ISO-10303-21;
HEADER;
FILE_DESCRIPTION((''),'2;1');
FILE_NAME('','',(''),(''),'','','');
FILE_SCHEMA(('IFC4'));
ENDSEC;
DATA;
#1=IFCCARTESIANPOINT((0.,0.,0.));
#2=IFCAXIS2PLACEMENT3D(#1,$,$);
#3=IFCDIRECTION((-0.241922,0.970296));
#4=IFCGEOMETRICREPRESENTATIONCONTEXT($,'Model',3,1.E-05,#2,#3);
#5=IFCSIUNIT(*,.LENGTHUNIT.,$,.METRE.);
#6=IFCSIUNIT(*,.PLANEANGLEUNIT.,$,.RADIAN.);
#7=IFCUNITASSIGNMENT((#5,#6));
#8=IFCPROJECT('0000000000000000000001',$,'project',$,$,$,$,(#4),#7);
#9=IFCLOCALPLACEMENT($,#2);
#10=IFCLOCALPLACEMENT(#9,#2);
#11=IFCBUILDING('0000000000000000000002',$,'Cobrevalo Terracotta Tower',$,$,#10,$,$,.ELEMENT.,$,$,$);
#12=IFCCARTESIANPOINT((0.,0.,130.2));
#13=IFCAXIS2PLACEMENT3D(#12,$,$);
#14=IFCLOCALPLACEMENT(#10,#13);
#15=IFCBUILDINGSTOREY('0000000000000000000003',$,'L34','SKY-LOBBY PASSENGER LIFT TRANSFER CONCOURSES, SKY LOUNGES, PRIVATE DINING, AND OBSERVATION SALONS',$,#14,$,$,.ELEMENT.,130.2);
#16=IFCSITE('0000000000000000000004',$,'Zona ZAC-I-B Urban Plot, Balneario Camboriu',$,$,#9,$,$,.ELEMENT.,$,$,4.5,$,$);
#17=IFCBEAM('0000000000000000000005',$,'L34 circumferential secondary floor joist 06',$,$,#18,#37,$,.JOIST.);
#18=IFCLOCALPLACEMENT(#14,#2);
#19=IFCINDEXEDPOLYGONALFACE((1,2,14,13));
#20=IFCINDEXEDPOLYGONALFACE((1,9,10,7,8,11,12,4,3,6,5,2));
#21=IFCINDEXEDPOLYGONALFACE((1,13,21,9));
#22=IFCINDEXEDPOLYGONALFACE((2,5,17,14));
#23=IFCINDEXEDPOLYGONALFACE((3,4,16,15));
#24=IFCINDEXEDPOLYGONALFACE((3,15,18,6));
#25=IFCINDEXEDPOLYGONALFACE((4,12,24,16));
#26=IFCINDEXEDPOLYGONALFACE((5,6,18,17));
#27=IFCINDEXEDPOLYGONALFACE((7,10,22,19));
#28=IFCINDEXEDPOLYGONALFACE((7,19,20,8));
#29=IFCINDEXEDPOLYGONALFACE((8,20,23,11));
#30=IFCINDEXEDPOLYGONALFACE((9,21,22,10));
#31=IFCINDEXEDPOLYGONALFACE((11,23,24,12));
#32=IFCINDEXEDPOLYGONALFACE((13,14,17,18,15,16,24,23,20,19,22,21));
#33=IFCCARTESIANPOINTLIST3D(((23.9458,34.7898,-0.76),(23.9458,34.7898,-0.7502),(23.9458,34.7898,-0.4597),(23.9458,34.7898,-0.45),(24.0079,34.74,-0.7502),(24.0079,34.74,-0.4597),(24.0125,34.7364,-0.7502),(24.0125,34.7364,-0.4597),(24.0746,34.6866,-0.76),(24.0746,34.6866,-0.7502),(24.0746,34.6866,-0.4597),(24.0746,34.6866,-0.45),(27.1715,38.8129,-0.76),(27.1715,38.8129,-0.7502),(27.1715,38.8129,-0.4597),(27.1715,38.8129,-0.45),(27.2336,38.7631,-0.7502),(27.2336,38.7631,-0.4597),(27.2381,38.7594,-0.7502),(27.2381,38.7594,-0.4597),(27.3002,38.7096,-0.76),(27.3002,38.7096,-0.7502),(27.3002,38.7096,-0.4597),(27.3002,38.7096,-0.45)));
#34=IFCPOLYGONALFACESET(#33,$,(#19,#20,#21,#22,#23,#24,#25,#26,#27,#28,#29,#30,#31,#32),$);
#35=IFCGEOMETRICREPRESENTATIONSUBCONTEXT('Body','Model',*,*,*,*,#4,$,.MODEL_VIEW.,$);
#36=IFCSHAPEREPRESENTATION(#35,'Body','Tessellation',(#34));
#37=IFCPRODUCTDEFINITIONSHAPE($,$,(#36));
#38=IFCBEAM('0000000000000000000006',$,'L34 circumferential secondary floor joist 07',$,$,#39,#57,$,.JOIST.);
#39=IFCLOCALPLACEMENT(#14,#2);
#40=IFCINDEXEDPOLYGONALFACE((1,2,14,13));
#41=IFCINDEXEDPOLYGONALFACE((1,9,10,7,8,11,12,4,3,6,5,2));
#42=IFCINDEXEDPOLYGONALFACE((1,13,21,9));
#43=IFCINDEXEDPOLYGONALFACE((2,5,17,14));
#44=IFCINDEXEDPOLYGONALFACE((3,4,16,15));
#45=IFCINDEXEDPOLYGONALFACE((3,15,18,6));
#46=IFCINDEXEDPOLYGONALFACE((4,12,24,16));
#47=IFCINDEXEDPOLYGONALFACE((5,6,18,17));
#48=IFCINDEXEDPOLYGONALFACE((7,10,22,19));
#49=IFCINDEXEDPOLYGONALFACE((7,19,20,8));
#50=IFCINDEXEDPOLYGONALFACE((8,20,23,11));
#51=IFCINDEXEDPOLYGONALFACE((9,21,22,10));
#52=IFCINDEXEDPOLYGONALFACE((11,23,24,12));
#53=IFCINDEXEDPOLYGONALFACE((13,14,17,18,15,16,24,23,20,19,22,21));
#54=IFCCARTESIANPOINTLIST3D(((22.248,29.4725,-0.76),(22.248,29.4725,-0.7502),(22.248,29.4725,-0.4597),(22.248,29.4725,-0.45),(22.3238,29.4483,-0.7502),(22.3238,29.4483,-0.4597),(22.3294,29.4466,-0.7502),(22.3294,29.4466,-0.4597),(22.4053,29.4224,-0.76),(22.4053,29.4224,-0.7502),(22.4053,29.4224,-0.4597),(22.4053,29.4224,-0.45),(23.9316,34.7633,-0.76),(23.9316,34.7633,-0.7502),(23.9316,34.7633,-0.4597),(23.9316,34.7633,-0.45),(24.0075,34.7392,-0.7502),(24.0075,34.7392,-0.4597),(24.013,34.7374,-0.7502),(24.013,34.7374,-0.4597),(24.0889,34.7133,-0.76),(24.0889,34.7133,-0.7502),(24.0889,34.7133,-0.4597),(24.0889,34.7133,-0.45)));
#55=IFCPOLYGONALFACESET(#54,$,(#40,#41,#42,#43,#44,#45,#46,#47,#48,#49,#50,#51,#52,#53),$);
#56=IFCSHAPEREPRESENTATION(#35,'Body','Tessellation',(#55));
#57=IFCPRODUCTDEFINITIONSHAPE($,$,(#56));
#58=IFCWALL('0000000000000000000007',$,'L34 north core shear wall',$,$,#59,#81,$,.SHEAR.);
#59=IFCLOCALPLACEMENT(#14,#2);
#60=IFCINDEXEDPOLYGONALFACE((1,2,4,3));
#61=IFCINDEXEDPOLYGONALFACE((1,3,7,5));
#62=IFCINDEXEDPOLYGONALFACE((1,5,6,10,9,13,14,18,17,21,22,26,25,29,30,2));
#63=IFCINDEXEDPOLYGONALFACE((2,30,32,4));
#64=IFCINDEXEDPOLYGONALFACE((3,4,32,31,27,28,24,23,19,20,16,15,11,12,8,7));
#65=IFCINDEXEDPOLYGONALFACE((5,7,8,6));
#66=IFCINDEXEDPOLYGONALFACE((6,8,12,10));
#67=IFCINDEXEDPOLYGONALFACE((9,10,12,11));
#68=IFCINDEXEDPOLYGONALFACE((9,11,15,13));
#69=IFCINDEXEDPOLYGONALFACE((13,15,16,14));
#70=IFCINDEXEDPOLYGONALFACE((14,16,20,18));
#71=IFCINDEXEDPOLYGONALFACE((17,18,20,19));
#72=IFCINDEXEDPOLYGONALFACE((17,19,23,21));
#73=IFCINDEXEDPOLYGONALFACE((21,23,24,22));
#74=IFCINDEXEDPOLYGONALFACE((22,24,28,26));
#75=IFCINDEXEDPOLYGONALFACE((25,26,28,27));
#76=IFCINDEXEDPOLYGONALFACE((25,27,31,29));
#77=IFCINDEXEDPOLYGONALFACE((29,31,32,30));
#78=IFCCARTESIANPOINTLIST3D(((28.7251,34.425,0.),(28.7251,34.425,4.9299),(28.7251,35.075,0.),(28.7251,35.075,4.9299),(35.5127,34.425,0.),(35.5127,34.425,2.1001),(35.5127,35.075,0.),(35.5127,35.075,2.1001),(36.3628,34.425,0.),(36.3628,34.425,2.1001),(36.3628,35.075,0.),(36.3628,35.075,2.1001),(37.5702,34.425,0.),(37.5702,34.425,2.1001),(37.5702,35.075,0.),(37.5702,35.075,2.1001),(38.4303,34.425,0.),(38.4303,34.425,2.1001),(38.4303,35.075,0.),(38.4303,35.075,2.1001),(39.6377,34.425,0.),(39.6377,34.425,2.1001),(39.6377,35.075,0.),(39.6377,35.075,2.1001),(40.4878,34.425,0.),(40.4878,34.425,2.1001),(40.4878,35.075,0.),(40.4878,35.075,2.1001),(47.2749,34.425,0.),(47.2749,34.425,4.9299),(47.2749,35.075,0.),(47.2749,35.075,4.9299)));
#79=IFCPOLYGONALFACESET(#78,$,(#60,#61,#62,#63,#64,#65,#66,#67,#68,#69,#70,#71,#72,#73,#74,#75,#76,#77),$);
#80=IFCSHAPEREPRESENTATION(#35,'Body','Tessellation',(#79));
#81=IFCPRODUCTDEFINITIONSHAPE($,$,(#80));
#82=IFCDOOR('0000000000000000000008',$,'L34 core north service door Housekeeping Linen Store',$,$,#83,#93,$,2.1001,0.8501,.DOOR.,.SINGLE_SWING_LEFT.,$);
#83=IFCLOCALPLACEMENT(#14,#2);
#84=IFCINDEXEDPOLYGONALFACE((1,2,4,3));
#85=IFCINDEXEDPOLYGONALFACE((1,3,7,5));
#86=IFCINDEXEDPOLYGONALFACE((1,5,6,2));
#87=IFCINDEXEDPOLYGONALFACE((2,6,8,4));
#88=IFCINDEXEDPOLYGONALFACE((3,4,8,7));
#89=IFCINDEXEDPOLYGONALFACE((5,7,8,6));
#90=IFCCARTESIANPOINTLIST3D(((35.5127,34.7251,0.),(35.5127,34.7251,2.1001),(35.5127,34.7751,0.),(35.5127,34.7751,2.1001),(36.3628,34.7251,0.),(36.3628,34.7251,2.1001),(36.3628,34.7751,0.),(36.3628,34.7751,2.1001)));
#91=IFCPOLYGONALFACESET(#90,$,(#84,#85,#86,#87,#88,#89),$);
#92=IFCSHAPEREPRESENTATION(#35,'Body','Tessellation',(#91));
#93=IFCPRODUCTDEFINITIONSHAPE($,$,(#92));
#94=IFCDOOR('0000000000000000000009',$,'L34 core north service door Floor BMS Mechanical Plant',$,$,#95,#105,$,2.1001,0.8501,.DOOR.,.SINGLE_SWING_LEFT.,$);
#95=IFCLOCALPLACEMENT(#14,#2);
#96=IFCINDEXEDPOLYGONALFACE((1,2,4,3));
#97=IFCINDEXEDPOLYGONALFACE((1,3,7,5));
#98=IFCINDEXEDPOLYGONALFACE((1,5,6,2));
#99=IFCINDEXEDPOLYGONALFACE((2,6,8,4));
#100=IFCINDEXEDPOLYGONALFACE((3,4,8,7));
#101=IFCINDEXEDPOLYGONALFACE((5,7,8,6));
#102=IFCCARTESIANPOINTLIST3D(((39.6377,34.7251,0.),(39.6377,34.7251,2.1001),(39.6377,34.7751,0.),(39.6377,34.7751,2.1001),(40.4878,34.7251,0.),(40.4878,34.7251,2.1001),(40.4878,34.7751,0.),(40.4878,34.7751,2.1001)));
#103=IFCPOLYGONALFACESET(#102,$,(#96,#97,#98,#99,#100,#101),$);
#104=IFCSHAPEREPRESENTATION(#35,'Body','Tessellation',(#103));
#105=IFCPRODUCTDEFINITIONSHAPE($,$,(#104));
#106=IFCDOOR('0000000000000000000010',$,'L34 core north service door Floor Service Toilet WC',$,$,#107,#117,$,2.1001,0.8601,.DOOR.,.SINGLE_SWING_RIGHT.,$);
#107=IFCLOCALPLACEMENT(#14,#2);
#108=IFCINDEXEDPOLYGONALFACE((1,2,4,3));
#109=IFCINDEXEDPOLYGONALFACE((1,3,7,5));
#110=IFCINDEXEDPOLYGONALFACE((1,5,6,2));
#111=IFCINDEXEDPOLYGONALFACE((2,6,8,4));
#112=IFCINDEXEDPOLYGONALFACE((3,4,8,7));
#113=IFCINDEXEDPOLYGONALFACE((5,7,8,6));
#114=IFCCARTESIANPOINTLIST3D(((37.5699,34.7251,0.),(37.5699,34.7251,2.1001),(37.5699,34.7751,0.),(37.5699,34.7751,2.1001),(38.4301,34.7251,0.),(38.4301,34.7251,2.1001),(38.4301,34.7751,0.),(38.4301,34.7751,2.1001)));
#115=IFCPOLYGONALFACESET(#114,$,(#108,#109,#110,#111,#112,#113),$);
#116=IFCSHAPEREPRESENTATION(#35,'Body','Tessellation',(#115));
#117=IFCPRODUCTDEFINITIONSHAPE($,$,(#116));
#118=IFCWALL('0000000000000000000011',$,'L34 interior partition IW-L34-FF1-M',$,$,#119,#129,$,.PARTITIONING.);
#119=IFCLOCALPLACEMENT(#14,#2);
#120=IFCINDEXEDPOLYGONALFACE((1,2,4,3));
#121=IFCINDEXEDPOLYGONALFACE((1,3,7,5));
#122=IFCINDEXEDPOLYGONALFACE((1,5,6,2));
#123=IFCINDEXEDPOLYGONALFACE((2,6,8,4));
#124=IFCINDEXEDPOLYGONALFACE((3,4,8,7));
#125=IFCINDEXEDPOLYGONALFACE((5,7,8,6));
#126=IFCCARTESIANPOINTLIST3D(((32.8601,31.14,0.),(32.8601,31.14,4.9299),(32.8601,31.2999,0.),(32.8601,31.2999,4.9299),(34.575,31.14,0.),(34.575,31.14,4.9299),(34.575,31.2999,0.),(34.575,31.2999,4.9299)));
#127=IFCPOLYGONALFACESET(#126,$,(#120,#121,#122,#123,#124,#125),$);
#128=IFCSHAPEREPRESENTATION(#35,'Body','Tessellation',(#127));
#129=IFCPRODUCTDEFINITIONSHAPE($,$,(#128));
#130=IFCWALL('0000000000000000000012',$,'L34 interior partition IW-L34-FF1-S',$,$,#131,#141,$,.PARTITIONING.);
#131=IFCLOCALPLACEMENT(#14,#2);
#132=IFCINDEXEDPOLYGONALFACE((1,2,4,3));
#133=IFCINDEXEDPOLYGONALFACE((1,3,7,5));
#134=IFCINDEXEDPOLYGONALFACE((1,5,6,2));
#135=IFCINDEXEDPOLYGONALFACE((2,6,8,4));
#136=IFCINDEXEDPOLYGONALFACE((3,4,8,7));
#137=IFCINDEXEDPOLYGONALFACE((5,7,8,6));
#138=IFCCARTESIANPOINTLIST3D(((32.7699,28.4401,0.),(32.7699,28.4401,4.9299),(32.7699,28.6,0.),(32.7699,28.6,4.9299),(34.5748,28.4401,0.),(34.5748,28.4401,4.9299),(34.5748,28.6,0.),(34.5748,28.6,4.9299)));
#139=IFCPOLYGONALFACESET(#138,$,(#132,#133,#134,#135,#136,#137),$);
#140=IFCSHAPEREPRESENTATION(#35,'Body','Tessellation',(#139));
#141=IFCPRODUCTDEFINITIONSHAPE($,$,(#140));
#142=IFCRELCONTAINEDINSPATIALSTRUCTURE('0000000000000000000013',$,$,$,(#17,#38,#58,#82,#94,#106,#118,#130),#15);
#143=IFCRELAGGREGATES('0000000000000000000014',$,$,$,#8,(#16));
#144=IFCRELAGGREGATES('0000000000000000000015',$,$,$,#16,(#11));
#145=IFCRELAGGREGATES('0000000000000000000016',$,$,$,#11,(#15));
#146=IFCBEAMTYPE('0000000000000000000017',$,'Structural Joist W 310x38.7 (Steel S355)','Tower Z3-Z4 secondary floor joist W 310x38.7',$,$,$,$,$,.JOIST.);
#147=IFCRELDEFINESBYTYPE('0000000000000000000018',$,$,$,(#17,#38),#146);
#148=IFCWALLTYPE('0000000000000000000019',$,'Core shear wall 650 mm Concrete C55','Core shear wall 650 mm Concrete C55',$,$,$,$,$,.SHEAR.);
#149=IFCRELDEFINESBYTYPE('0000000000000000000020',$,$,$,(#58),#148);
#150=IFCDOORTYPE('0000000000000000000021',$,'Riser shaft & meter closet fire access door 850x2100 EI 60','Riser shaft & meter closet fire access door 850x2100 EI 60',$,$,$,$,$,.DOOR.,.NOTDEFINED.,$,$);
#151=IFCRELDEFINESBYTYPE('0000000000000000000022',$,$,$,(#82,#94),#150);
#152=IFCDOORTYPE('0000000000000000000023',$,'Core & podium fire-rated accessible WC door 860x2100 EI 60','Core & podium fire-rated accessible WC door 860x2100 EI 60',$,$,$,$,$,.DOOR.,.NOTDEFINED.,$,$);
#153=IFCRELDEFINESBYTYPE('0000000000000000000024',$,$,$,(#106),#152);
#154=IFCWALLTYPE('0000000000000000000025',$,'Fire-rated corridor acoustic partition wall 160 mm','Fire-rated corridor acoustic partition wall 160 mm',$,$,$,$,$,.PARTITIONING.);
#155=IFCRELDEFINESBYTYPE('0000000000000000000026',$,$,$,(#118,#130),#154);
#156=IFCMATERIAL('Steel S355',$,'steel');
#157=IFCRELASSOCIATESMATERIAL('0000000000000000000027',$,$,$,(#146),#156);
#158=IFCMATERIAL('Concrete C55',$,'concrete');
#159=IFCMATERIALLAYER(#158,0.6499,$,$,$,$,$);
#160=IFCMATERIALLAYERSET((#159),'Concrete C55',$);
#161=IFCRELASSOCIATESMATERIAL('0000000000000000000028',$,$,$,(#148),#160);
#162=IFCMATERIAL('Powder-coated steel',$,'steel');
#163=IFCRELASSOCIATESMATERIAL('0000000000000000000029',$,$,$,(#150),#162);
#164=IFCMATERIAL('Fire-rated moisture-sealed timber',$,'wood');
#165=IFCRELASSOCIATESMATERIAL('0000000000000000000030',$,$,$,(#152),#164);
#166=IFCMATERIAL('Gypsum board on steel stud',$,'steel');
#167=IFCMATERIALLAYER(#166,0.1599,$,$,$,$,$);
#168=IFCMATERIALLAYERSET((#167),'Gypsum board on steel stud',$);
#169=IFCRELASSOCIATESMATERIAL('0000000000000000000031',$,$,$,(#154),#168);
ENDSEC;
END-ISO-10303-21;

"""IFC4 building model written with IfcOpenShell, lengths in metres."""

from ifc_helpers import new_model, si_unit, direction, frame, frame_2d, origin, origin_2d, place, context, subcontext, project, spatial, rectangle, i_section, extrude, source, transform, mapped, material, layer, layer_set, material_profile, profile_set, type_object, element, fill, save


model = new_model("IFC4")

# Units and contexts
model_context = context("Model", 3, precision=1e-05, world=origin(), true_north=direction((-0.241922, 0.970296)))
body_context = subcontext(model_context, "Body", "Model", "MODEL_VIEW")
ifc_project = project(units=[si_unit("LENGTHUNIT", "METRE"), si_unit("PLANEANGLEUNIT", "RADIAN")], contexts=[model_context])

# Site, building, storey
site_placement = place(None, origin())
site = spatial("IfcSite", under=ifc_project, at=site_placement, Name="Zona ZAC-I-B Urban Plot, Balneario Camboriu", CompositionType="ELEMENT", RefElevation=4.5)
building_placement = place(site_placement, origin())
building = spatial("IfcBuilding", under=site, at=building_placement, Name="Cobrevalo Terracotta Tower", CompositionType="ELEMENT")
storey_placement = place(building_placement, frame((0.0, 0.0, 130.2)))
storey = spatial("IfcBuildingStorey", under=building, at=storey_placement, Name="L34", Description="SKY-LOBBY PASSENGER LIFT TRANSFER CONCOURSES, SKY LOUNGES, PRIVATE DINING, AND OBSERVATION SALONS", CompositionType="ELEMENT", Elevation=130.2)

# Shared definitions
ifc_material_1 = material(Name="Steel S355", Category="steel")
ifc_material_2 = material(Name="Concrete C55", Category="concrete")

# Beams
ifc_material_profile_1 = material_profile(ifc_material_1, i_section(OverallWidth=0.165, OverallDepth=0.3101, WebThickness=0.0059, FlangeThickness=0.0098, at=origin_2d()), Name="W 310x38.7")
ifc_profile_set_1 = profile_set([ifc_material_profile_1], Name="Steel S355")
beam_type_1 = type_object("IfcBeamType", Name="Structural Joist W 310x38.7 (Steel S355)", Description="Tower Z3-Z4 secondary floor joist W 310x38.7", PredefinedType="JOIST", material=ifc_profile_set_1)
beam_1_placement = place(storey_placement, frame((27.2358, 38.7612, -0.605), z_axis=(-0.625549, -0.780185, 0.0), x_axis=(0.780185, -0.625549, 0.0)))
element("IfcBeam", 1, at=beam_1_placement, inside=storey, type_object=beam_type_1, Name="L34 circumferential secondary floor joist 06", PredefinedType="JOIST", context=body_context, shape_type="SweptSolid", body=[
    extrude(i_section(OverallWidth=0.165, OverallDepth=0.3101, WebThickness=0.0059, FlangeThickness=0.0098, at=origin_2d()), origin(), (0.0, 0.0, 1.0), 5.1565),
])
beam_2_placement = place(storey_placement, frame((24.0103, 34.7383, -0.605), z_axis=(-0.303231, -0.952917, 0.0), x_axis=(0.952917, -0.303231, 0.0)))
element("IfcBeam", 2, at=beam_2_placement, inside=storey, type_object=beam_type_1, Name="L34 circumferential secondary floor joist 07", PredefinedType="JOIST", context=body_context, shape_type="SweptSolid", body=[
    extrude(i_section(OverallWidth=0.165, OverallDepth=0.3101, WebThickness=0.0059, FlangeThickness=0.0098, at=origin_2d()), origin(), (0.0, 0.0, 1.0), 5.5522),
])

# Wall, openings, doors
ifc_layer_1 = layer(ifc_material_2, 0.6499)
ifc_layer_set_1 = layer_set([ifc_layer_1], Name="Concrete C55")
wall_type_1 = type_object("IfcWallType", Name="Core shear wall 650 mm Concrete C55", Description="Core shear wall 650 mm Concrete C55", PredefinedType="SHEAR", material=ifc_layer_set_1)
wall_1_placement = place(storey_placement, frame((28.7251, 34.75, 0.0), z_axis=(0.0, 0.0, 1.0), x_axis=(1.0, 0.0, 0.0)))
wall_1 = element("IfcWall", 3, at=wall_1_placement, inside=storey, type_object=wall_type_1, Name="L34 north core shear wall", PredefinedType="SHEAR", context=body_context, shape_type="SweptSolid", body=[
    extrude(rectangle(XDim=18.5498, YDim=0.6499, at=frame_2d((9.2749, 0.0))), origin(), (0.0, 0.0, 1.0), 4.9299),
])
opening_1_placement = place(wall_1_placement, frame((6.7876, 0.0, 0.0)))
opening_1 = element("IfcOpeningElement", 4, at=opening_1_placement, cuts=wall_1, PredefinedType="OPENING", context=body_context, shape_type="SweptSolid", body=[
    extrude(rectangle(XDim=0.8501, YDim=2.1001, at=frame_2d((0.425, 1.05))), frame((0.0, 0.335, 0.0), z_axis=(0.0, -1.0, 0.0), x_axis=(1.0, 0.0, 0.0)), (0.0, 0.0, 1.0), 0.6699),
])
opening_2_placement = place(wall_1_placement, frame((8.845, 0.0, 0.0)))
opening_2 = element("IfcOpeningElement", 5, at=opening_2_placement, cuts=wall_1, PredefinedType="OPENING", context=body_context, shape_type="SweptSolid", body=[
    extrude(rectangle(XDim=0.8601, YDim=2.1001, at=frame_2d((0.4302, 1.05))), frame((0.0, 0.335, 0.0), z_axis=(0.0, -1.0, 0.0), x_axis=(1.0, 0.0, 0.0)), (0.0, 0.0, 1.0), 0.6699),
])
opening_3_placement = place(wall_1_placement, frame((10.9126, 0.0, 0.0)))
opening_3 = element("IfcOpeningElement", 6, at=opening_3_placement, cuts=wall_1, PredefinedType="OPENING", context=body_context, shape_type="SweptSolid", body=[
    extrude(rectangle(XDim=0.8501, YDim=2.1001, at=frame_2d((0.425, 1.05))), frame((0.0, 0.335, 0.0), z_axis=(0.0, -1.0, 0.0), x_axis=(1.0, 0.0, 0.0)), (0.0, 0.0, 1.0), 0.6699),
])
ifc_material_3 = material(Name="Powder-coated steel", Category="steel")
door_type_1 = type_object("IfcDoorType", Name="Riser shaft & meter closet fire access door 850x2100 EI 60", Description="Riser shaft & meter closet fire access door 850x2100 EI 60", OperationType="NOTDEFINED", PredefinedType="DOOR", material=ifc_material_3)
shared_shape_1 = source(origin(), body_context, "Body", "SweptSolid", [
    extrude(rectangle(XDim=0.8501, YDim=2.1001, at=frame_2d((0.425, 1.05))), frame((0.0, 0.0249, 0.0), z_axis=(0.0, -1.0, 0.0), x_axis=(1.0, 0.0, 0.0)), (0.0, 0.0, 1.0), 0.05),
])
door_1_placement = place(opening_1_placement, frame((0.8501, 0.0, 0.0), z_axis=(0.0, 0.0, 1.0), x_axis=(-1.0, 0.0, 0.0)))
door_1 = element("IfcDoor", 7, at=door_1_placement, inside=storey, type_object=door_type_1, Name="L34 core north service door Housekeeping Linen Store", OperationType="SINGLE_SWING_LEFT", OverallHeight=2.1001, OverallWidth=0.8501, PredefinedType="DOOR", context=body_context, shape_type="MappedRepresentation", body=[
    mapped(shared_shape_1, transform((0.0, 0.0, 0.0), scale=1.0)),
])
fill(opening_1, door_1)
door_2_placement = place(opening_3_placement, frame((0.8501, 0.0, 0.0), z_axis=(0.0, 0.0, 1.0), x_axis=(-1.0, 0.0, 0.0)))
door_2 = element("IfcDoor", 8, at=door_2_placement, inside=storey, type_object=door_type_1, Name="L34 core north service door Floor BMS Mechanical Plant", OperationType="SINGLE_SWING_LEFT", OverallHeight=2.1001, OverallWidth=0.8501, PredefinedType="DOOR", context=body_context, shape_type="MappedRepresentation", body=[
    mapped(shared_shape_1, transform((0.0, 0.0, 0.0), scale=1.0)),
])
fill(opening_3, door_2)
ifc_material_4 = material(Name="Fire-rated moisture-sealed timber", Category="wood")
door_type_2 = type_object("IfcDoorType", Name="Core & podium fire-rated accessible WC door 860x2100 EI 60", Description="Core & podium fire-rated accessible WC door 860x2100 EI 60", OperationType="NOTDEFINED", PredefinedType="DOOR", material=ifc_material_4)
shared_shape_2 = source(origin(), body_context, "Body", "SweptSolid", [
    extrude(rectangle(XDim=0.8601, YDim=2.1001, at=frame_2d((0.4302, 1.05))), frame((0.0, 0.0249, 0.0), z_axis=(0.0, -1.0, 0.0), x_axis=(1.0, 0.0, 0.0)), (0.0, 0.0, 1.0), 0.05),
])
door_3_placement = place(opening_2_placement, frame((0.8601, 0.0, 0.0), z_axis=(0.0, 0.0, 1.0), x_axis=(-1.0, 0.0, 0.0)))
door_3 = element("IfcDoor", 9, at=door_3_placement, inside=storey, type_object=door_type_2, Name="L34 core north service door Floor Service Toilet WC", OperationType="SINGLE_SWING_RIGHT", OverallHeight=2.1001, OverallWidth=0.8601, PredefinedType="DOOR", context=body_context, shape_type="MappedRepresentation", body=[
    mapped(shared_shape_2, transform((0.0, 0.0, 0.0), scale=1.0)),
])
fill(opening_2, door_3)

# Walls
ifc_material_5 = material(Name="Gypsum board on steel stud", Category="steel")
ifc_layer_2 = layer(ifc_material_5, 0.1599)
ifc_layer_set_2 = layer_set([ifc_layer_2], Name="Gypsum board on steel stud")
wall_type_2 = type_object("IfcWallType", Name="Fire-rated corridor acoustic partition wall 160 mm", Description="Fire-rated corridor acoustic partition wall 160 mm", PredefinedType="PARTITIONING", material=ifc_layer_set_2)
wall_2_placement = place(storey_placement, frame((32.8601, 31.22, 0.0), z_axis=(0.0, 0.0, 1.0), x_axis=(1.0, 0.0, 0.0)))
element("IfcWall", 10, at=wall_2_placement, inside=storey, type_object=wall_type_2, Name="L34 interior partition IW-L34-FF1-M", PredefinedType="PARTITIONING", context=body_context, shape_type="SweptSolid", body=[
    extrude(rectangle(XDim=1.7148, YDim=0.1599, at=frame_2d((0.8574, 0.0))), origin(), (0.0, 0.0, 1.0), 4.9299),
])
wall_3_placement = place(storey_placement, frame((32.77, 28.52, 0.0), z_axis=(0.0, 0.0, 1.0), x_axis=(1.0, 0.0, 0.0)))
element("IfcWall", 11, at=wall_3_placement, inside=storey, type_object=wall_type_2, Name="L34 interior partition IW-L34-FF1-S", PredefinedType="PARTITIONING", context=body_context, shape_type="SweptSolid", body=[
    extrude(rectangle(XDim=1.8049, YDim=0.1599, at=frame_2d((0.9023, 0.0))), origin(), (0.0, 0.0, 1.0), 4.9299),
])

save(model, "model.ifc")
